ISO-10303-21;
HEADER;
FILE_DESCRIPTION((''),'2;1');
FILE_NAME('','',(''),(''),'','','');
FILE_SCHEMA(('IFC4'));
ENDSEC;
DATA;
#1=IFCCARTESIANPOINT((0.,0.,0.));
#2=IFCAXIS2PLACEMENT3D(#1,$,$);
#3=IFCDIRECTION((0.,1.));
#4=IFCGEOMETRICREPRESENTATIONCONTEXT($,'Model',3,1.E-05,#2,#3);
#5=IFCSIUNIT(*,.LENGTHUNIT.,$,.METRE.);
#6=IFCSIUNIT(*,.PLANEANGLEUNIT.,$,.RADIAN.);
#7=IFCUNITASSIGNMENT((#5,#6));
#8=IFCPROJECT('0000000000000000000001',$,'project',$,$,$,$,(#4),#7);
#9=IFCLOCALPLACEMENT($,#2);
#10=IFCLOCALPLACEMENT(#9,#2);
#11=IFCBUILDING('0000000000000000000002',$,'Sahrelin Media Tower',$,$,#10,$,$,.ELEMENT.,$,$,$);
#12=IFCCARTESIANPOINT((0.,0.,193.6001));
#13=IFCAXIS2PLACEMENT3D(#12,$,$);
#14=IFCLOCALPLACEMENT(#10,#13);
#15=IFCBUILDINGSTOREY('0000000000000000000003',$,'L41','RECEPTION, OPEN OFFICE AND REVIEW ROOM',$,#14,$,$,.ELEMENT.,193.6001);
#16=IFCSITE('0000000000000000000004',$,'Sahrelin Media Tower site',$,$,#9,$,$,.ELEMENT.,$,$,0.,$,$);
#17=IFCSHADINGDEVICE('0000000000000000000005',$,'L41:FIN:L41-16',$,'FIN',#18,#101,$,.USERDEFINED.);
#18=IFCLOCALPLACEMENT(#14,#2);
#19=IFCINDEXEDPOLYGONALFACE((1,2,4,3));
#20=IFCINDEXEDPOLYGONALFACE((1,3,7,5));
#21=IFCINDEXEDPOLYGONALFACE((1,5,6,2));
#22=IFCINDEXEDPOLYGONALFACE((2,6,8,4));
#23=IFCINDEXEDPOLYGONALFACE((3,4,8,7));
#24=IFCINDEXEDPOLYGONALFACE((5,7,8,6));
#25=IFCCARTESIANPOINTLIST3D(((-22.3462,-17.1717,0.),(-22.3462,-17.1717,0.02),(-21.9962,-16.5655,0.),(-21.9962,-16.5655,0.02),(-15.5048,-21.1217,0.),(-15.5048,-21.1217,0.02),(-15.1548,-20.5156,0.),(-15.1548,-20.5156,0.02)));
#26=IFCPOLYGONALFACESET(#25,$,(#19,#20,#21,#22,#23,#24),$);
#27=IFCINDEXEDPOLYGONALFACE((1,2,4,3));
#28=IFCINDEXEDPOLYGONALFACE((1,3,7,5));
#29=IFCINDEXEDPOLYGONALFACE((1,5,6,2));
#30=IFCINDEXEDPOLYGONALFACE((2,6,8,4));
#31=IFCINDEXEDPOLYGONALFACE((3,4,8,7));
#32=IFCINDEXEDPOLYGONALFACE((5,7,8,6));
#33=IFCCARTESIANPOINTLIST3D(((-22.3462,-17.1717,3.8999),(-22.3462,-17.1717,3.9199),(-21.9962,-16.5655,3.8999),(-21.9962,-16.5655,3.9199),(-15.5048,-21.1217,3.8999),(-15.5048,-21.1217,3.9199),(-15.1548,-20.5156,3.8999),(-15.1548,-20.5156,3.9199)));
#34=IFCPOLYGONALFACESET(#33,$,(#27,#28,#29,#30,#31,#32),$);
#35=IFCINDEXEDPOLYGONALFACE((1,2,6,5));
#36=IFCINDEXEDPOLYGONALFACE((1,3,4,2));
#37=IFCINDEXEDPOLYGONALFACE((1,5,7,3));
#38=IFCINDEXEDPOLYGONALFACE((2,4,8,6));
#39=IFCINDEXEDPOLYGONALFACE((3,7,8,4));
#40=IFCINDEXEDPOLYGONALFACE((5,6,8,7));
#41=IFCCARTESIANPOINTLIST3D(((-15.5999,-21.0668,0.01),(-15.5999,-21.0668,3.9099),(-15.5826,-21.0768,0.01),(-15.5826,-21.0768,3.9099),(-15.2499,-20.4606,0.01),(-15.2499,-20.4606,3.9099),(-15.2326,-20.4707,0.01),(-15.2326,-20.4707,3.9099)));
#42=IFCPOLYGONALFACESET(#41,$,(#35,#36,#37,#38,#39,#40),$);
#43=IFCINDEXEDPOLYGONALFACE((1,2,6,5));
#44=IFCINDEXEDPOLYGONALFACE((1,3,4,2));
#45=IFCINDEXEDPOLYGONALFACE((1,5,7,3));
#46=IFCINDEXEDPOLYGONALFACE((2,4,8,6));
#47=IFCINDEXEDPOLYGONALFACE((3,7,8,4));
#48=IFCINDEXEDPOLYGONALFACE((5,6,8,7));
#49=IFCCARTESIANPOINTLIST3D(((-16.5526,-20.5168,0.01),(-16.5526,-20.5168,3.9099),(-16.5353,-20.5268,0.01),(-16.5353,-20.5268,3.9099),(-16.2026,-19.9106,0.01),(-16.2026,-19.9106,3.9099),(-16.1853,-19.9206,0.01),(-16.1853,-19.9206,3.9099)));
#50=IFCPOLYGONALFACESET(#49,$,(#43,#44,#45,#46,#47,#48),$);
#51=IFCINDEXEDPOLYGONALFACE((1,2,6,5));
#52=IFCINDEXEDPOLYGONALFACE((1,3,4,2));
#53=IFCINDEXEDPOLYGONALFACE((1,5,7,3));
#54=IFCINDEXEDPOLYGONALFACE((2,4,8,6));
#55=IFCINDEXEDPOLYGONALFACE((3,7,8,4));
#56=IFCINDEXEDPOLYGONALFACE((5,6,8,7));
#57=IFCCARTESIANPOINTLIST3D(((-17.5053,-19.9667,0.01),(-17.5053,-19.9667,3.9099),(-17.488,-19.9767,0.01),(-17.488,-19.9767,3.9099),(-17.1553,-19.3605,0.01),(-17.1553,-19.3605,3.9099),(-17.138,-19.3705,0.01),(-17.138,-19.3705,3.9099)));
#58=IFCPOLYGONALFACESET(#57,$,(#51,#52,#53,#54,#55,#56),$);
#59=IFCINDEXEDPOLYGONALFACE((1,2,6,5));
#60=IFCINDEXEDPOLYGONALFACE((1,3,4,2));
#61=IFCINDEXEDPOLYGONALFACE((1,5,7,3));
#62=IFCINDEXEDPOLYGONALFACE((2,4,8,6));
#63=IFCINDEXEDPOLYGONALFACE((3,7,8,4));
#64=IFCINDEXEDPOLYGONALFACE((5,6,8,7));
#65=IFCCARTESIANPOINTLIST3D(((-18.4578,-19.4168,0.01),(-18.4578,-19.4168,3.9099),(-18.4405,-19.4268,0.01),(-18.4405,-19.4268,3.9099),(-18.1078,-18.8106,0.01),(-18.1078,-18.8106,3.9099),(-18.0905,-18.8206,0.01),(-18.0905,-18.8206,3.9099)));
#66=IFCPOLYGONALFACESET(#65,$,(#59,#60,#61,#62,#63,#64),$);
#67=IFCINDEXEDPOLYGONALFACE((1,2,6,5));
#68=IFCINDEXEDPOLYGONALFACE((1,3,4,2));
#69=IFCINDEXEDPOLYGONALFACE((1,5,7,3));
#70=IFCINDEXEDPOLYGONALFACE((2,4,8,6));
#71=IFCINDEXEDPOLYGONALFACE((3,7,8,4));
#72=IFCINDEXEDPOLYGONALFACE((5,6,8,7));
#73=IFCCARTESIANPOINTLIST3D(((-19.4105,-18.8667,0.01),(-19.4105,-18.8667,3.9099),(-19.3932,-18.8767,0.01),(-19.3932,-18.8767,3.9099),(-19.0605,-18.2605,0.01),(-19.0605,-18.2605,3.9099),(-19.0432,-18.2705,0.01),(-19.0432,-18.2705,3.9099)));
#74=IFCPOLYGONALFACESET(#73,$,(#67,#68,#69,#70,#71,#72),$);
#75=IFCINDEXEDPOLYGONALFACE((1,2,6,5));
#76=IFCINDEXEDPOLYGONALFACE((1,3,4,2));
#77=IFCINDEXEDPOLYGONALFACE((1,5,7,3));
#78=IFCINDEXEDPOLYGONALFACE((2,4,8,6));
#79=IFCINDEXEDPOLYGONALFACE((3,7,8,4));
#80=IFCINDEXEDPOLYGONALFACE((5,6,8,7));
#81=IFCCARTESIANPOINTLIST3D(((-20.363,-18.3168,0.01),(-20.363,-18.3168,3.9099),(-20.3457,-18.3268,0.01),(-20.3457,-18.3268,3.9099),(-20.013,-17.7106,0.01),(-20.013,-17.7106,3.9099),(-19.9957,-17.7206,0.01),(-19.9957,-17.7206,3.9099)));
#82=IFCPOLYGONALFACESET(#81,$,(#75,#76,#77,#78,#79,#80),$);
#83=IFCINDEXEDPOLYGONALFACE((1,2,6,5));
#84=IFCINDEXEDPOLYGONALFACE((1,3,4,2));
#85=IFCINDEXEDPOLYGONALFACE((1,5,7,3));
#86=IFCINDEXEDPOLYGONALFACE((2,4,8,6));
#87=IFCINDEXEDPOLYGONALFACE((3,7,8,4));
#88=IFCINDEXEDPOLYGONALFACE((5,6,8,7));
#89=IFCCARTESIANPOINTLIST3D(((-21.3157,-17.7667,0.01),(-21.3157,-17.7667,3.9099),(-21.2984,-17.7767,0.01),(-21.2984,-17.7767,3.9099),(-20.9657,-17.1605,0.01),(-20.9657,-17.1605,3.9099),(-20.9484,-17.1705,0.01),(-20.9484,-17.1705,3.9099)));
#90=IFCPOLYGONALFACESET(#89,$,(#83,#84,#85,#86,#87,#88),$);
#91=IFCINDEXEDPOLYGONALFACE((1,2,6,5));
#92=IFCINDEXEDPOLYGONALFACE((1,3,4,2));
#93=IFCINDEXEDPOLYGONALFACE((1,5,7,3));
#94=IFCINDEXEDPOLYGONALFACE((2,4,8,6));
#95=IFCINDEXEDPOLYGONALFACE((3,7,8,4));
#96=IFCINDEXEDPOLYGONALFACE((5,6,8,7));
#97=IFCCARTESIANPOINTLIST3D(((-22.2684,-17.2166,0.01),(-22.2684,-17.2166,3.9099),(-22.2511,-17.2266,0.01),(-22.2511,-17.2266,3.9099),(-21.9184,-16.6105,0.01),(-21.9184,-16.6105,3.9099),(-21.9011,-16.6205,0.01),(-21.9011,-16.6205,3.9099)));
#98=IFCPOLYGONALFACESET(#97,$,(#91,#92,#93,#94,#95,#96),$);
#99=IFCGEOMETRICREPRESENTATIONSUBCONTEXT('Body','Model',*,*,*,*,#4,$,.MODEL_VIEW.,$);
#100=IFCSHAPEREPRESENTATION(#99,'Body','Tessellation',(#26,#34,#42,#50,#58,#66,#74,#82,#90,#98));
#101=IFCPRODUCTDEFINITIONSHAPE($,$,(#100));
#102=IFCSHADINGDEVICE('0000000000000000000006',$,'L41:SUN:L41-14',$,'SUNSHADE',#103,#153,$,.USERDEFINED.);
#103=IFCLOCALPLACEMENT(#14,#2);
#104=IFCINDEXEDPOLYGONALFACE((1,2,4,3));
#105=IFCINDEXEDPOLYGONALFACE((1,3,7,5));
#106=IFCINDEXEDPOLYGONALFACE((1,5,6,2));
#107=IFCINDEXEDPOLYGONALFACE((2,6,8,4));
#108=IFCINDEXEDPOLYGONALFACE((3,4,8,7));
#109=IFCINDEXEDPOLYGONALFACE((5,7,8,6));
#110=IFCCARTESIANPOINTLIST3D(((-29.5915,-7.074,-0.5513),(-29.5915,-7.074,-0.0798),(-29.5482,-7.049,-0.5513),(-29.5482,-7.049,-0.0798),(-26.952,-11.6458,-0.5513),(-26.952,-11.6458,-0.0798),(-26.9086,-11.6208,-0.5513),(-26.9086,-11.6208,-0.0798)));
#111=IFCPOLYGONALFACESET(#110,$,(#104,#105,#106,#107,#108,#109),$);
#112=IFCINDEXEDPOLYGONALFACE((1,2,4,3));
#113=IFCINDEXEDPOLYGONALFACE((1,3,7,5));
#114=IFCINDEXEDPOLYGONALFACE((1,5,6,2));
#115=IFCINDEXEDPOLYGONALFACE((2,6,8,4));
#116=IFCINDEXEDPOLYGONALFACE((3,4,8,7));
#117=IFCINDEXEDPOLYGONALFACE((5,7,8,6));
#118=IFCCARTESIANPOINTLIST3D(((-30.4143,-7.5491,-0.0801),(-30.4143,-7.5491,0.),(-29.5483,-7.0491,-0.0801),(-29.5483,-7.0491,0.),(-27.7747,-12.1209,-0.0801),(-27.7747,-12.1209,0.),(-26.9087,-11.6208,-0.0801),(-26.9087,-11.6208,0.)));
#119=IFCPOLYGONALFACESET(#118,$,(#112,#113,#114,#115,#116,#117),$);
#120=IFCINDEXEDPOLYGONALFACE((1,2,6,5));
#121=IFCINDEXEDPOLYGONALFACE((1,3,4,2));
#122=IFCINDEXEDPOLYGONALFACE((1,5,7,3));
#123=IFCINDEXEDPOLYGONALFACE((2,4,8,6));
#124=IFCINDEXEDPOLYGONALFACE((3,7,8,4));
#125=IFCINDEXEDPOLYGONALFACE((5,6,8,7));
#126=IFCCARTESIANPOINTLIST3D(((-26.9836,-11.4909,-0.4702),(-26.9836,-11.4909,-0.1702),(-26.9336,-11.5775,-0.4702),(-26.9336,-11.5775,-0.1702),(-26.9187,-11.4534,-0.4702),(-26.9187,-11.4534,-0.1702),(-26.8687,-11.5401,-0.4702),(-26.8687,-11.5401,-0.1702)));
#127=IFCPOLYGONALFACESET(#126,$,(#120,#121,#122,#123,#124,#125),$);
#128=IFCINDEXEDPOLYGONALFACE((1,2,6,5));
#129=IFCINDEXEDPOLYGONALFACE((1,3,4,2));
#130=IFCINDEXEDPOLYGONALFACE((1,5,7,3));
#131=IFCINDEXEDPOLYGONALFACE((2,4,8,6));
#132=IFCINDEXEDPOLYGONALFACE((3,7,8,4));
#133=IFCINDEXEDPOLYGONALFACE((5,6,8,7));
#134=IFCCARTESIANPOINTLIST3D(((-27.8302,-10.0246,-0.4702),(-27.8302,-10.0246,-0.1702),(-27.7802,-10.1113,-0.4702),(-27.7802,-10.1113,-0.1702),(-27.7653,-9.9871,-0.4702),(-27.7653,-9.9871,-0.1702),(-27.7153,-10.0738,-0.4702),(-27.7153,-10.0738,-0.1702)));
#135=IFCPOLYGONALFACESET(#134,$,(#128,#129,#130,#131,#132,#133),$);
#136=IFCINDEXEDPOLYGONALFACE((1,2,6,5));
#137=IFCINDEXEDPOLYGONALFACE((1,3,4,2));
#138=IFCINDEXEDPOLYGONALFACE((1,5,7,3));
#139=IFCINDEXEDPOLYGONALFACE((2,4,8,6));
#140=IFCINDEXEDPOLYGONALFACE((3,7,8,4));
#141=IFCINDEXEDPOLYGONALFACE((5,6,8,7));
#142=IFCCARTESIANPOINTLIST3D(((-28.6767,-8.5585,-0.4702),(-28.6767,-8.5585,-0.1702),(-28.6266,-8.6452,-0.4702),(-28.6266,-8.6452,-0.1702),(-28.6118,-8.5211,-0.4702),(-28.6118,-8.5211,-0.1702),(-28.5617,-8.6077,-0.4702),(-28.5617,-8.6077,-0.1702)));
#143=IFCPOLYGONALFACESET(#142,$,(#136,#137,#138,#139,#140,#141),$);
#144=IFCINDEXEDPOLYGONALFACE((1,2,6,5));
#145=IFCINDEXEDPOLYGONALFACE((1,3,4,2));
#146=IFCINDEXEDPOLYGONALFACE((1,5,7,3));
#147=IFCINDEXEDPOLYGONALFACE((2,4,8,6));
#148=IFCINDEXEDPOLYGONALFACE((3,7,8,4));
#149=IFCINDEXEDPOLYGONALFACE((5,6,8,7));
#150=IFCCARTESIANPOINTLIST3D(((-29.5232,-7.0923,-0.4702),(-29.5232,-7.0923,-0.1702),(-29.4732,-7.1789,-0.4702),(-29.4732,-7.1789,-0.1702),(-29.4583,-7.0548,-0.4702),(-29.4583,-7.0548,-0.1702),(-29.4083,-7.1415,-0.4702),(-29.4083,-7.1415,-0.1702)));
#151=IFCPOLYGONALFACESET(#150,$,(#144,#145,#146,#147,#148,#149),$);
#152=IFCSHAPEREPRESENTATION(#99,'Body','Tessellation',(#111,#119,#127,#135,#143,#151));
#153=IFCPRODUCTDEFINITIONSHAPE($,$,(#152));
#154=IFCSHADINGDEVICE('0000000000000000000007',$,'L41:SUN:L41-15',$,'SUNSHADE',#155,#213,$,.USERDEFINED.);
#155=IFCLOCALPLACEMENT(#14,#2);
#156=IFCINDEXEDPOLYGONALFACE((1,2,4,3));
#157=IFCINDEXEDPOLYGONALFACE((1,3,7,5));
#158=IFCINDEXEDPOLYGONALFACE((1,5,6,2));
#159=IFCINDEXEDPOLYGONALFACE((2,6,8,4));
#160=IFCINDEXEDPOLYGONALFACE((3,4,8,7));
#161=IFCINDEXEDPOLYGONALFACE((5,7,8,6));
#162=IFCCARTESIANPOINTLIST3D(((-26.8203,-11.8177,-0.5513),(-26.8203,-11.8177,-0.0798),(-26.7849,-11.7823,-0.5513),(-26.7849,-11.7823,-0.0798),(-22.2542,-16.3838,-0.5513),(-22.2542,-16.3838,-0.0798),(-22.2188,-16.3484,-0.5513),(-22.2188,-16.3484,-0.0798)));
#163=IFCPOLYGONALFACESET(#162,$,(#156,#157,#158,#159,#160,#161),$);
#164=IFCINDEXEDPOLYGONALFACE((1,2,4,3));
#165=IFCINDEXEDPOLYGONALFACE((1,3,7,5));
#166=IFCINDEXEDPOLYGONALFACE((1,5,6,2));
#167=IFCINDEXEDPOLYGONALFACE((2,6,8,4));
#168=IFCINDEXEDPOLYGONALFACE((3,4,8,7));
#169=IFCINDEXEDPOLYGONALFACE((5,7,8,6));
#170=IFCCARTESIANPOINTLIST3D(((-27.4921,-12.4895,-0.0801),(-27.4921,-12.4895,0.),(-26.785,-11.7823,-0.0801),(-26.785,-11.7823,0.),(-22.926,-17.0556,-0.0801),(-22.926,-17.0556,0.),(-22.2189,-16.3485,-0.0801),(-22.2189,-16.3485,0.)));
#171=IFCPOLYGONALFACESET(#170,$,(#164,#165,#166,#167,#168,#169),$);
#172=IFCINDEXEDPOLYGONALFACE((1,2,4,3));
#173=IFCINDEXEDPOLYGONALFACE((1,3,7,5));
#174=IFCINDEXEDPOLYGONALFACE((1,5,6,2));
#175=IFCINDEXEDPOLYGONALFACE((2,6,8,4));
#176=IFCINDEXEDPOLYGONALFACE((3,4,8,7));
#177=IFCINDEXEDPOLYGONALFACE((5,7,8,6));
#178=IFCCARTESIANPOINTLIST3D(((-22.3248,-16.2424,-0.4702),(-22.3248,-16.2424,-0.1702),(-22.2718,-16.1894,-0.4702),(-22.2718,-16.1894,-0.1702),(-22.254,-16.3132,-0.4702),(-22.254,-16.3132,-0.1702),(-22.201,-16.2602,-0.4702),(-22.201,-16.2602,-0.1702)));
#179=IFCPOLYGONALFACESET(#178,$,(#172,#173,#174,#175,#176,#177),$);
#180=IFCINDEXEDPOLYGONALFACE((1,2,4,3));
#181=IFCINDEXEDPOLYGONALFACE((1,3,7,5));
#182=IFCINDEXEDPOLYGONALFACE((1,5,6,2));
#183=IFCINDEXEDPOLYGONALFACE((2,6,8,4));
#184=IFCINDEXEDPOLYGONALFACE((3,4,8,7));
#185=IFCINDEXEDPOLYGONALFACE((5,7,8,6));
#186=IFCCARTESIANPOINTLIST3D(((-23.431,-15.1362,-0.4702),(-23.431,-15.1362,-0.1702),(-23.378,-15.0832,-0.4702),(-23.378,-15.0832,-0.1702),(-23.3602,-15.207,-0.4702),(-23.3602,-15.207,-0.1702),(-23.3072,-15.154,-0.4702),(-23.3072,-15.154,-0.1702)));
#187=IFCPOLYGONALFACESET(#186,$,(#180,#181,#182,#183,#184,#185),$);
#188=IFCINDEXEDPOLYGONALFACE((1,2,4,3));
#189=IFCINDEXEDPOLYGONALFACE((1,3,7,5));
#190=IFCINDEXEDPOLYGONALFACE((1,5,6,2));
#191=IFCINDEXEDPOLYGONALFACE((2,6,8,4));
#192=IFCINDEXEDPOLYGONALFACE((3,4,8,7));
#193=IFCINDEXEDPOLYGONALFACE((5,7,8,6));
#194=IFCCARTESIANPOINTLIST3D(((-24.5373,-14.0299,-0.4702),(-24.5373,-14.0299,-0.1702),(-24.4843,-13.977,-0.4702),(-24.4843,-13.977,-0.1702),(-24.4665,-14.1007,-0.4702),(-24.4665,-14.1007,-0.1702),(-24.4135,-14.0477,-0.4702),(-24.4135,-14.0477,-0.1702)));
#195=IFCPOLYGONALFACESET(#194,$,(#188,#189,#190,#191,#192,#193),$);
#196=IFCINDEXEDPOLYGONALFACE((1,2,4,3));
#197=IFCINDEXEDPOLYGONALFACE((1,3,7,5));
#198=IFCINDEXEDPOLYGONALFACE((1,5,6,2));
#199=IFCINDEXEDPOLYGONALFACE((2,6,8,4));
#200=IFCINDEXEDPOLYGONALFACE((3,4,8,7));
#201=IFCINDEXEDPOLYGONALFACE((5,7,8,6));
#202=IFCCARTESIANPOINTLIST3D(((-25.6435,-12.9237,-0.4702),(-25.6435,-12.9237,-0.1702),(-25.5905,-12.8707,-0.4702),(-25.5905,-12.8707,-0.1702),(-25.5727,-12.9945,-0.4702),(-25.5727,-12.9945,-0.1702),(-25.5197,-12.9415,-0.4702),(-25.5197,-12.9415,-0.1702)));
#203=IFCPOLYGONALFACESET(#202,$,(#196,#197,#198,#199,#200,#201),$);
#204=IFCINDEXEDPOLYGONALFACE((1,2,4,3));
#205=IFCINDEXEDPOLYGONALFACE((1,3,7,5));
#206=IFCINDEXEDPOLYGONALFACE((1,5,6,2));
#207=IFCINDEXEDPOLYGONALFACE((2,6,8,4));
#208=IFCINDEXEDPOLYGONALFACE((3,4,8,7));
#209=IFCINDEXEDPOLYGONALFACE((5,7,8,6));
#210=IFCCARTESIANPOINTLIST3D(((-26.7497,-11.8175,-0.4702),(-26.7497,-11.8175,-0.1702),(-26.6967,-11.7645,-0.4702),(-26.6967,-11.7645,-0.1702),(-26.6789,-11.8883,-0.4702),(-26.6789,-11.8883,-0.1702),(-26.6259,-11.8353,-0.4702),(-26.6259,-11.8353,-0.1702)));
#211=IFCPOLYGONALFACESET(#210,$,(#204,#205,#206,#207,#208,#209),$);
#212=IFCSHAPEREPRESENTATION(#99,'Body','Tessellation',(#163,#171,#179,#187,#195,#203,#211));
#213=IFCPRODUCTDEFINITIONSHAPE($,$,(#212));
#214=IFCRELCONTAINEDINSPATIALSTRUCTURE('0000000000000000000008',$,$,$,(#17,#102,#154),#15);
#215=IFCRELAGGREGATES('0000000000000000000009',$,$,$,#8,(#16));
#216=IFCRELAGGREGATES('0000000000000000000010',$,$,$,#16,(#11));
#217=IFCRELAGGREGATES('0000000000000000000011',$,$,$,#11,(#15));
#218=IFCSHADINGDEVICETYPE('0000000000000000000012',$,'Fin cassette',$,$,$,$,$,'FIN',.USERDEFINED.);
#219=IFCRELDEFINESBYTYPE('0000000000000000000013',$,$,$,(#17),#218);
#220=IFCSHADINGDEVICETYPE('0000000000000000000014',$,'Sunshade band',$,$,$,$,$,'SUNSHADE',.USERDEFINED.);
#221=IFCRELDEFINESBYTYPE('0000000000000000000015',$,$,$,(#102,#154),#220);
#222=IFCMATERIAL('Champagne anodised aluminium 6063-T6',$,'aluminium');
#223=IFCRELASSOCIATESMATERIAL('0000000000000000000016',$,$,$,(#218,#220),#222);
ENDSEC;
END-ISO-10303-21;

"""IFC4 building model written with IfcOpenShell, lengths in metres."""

from ifc_helpers import new_model, si_unit, direction, frame, origin, origin_2d, place, context, subcontext, project, spatial, rectangle, extrude, material, type_object, element, save


model = new_model("IFC4")

# Units and contexts
model_context = context("Model", 3, precision=1e-05, world=origin(), true_north=direction((0.0, 1.0)))
body_context = subcontext(model_context, "Body", "Model", "MODEL_VIEW")
ifc_project = project(units=[si_unit("LENGTHUNIT", "METRE"), si_unit("PLANEANGLEUNIT", "RADIAN")], contexts=[model_context])

# Site, building, storey
site_placement = place(None, origin())
site = spatial("IfcSite", under=ifc_project, at=site_placement, Name="Sahrelin Media Tower site", CompositionType="ELEMENT", RefElevation=0.0)
building_placement = place(site_placement, origin())
building = spatial("IfcBuilding", under=site, at=building_placement, Name="Sahrelin Media Tower", CompositionType="ELEMENT")
storey_placement = place(building_placement, frame((0.0, 0.0, 193.6001)))
storey = spatial("IfcBuildingStorey", under=building, at=storey_placement, Name="L41", Description="RECEPTION, OPEN OFFICE AND REVIEW ROOM", CompositionType="ELEMENT", Elevation=193.6001)

# Shared definitions
ifc_material_1 = material(Name="Champagne anodised aluminium 6063-T6", Category="aluminium")

# Shading devices
shading_device_type_1 = type_object("IfcShadingDeviceType", Name="Fin cassette", ElementType="FIN", PredefinedType="USERDEFINED", material=ifc_material_1)
placement_1 = place(storey_placement, frame((-28.2112, -9.325, 0.0), z_axis=(0.0, 0.0, 1.0), x_axis=(-0.500011, 0.866019, 0.0)))
placement_2 = place(storey_placement, frame((-24.4878, -14.0513, 0.0), z_axis=(0.0, 0.0, 1.0), x_axis=(-0.707107, 0.707107, 0.0)))
placement_3 = place(storey_placement, frame((-18.5405, -18.48, 0.0), z_axis=(0.0, 0.0, 1.0), x_axis=(-0.866019, 0.500011, 0.0)))
element("IfcShadingDevice", 1, at=placement_3, inside=storey, type_object=shading_device_type_1, Name="L41:FIN:L41-16", ObjectType="FIN", PredefinedType="USERDEFINED", context=body_context, shape_type="SweptSolid", body=[
    extrude(rectangle(XDim=7.8999, YDim=0.7, at=origin_2d()), frame((0.0, 0.4199, 0.0)), (0.0, 0.0, 1.0), 0.02),
    extrude(rectangle(XDim=7.8999, YDim=0.7, at=origin_2d()), frame((0.0, 0.4199, 3.8999)), (0.0, 0.0, 1.0), 0.02),
    extrude(rectangle(XDim=0.02, YDim=0.7, at=origin_2d()), frame((-3.8501, 0.4199, 0.01), z_axis=(0.0, 0.0, 1.0), x_axis=(1.0, 0.0, 0.0)), (0.0, 0.0, 1.0), 3.8999),
    extrude(rectangle(XDim=0.02, YDim=0.7, at=origin_2d()), frame((-2.75, 0.4199, 0.01), z_axis=(0.0, 0.0, 1.0), x_axis=(1.0, 0.0, 0.0)), (0.0, 0.0, 1.0), 3.8999),
    extrude(rectangle(XDim=0.02, YDim=0.7, at=origin_2d()), frame((-1.6499, 0.4199, 0.01), z_axis=(0.0, 0.0, 1.0), x_axis=(1.0, 0.0, 0.0)), (0.0, 0.0, 1.0), 3.8999),
    extrude(rectangle(XDim=0.02, YDim=0.7, at=origin_2d()), frame((-0.55, 0.4199, 0.01), z_axis=(0.0, 0.0, 1.0), x_axis=(1.0, 0.0, 0.0)), (0.0, 0.0, 1.0), 3.8999),
    extrude(rectangle(XDim=0.02, YDim=0.7, at=origin_2d()), frame((0.55, 0.4199, 0.01), z_axis=(0.0, 0.0, 1.0), x_axis=(1.0, 0.0, 0.0)), (0.0, 0.0, 1.0), 3.8999),
    extrude(rectangle(XDim=0.02, YDim=0.7, at=origin_2d()), frame((1.6499, 0.4199, 0.01), z_axis=(0.0, 0.0, 1.0), x_axis=(1.0, 0.0, 0.0)), (0.0, 0.0, 1.0), 3.8999),
    extrude(rectangle(XDim=0.02, YDim=0.7, at=origin_2d()), frame((2.75, 0.4199, 0.01), z_axis=(0.0, 0.0, 1.0), x_axis=(1.0, 0.0, 0.0)), (0.0, 0.0, 1.0), 3.8999),
    extrude(rectangle(XDim=0.02, YDim=0.7, at=origin_2d()), frame((3.8501, 0.4199, 0.01), z_axis=(0.0, 0.0, 1.0), x_axis=(1.0, 0.0, 0.0)), (0.0, 0.0, 1.0), 3.8999),
])
shading_device_type_2 = type_object("IfcShadingDeviceType", Name="Sunshade band", ElementType="SUNSHADE", PredefinedType="USERDEFINED", material=ifc_material_1)
element("IfcShadingDevice", 2, at=placement_1, inside=storey, type_object=shading_device_type_2, Name="L41:SUN:L41-14", ObjectType="SUNSHADE", PredefinedType="USERDEFINED", context=body_context, shape_type="SweptSolid", body=[
    extrude(rectangle(XDim=5.2791, YDim=0.05, at=origin_2d()), frame((0.0, 0.0449, -0.5513)), (0.0, 0.0, 1.0), 0.4714),
    extrude(rectangle(XDim=5.2791, YDim=1.0, at=origin_2d()), frame((0.0, 0.52, -0.0801)), (0.0, 0.0, 1.0), 0.0801),
    extrude(rectangle(XDim=0.1001, YDim=0.075, at=origin_2d()), frame((-2.5396, -0.0176, -0.4702)), (0.0, 0.0, 1.0), 0.3),
    extrude(rectangle(XDim=0.1001, YDim=0.075, at=origin_2d()), frame((-0.8464, -0.0176, -0.4702)), (0.0, 0.0, 1.0), 0.3),
    extrude(rectangle(XDim=0.1001, YDim=0.075, at=origin_2d()), frame((0.8464, -0.0176, -0.4702)), (0.0, 0.0, 1.0), 0.3),
    extrude(rectangle(XDim=0.1001, YDim=0.075, at=origin_2d()), frame((2.5396, -0.0176, -0.4702)), (0.0, 0.0, 1.0), 0.3),
])
element("IfcShadingDevice", 3, at=placement_2, inside=storey, type_object=shading_device_type_2, Name="L41:SUN:L41-15", ObjectType="SUNSHADE", PredefinedType="USERDEFINED", context=body_context, shape_type="SweptSolid", body=[
    extrude(rectangle(XDim=6.4575, YDim=0.05, at=origin_2d()), frame((0.0, 0.0449, -0.5513)), (0.0, 0.0, 1.0), 0.4714),
    extrude(rectangle(XDim=6.4575, YDim=1.0, at=origin_2d()), frame((0.0, 0.52, -0.0801)), (0.0, 0.0, 1.0), 0.0801),
    extrude(rectangle(XDim=0.1001, YDim=0.075, at=origin_2d()), frame((-3.1289, -0.0176, -0.4702)), (0.0, 0.0, 1.0), 0.3),
    extrude(rectangle(XDim=0.1001, YDim=0.075, at=origin_2d()), frame((-1.5645, -0.0176, -0.4702)), (0.0, 0.0, 1.0), 0.3),
    extrude(rectangle(XDim=0.1001, YDim=0.075, at=origin_2d()), frame((0.0, -0.0176, -0.4702)), (0.0, 0.0, 1.0), 0.3),
    extrude(rectangle(XDim=0.1001, YDim=0.075, at=origin_2d()), frame((1.5645, -0.0176, -0.4702)), (0.0, 0.0, 1.0), 0.3),
    extrude(rectangle(XDim=0.1001, YDim=0.075, at=origin_2d()), frame((3.1289, -0.0176, -0.4702)), (0.0, 0.0, 1.0), 0.3),
])

save(model, "model.ifc")
